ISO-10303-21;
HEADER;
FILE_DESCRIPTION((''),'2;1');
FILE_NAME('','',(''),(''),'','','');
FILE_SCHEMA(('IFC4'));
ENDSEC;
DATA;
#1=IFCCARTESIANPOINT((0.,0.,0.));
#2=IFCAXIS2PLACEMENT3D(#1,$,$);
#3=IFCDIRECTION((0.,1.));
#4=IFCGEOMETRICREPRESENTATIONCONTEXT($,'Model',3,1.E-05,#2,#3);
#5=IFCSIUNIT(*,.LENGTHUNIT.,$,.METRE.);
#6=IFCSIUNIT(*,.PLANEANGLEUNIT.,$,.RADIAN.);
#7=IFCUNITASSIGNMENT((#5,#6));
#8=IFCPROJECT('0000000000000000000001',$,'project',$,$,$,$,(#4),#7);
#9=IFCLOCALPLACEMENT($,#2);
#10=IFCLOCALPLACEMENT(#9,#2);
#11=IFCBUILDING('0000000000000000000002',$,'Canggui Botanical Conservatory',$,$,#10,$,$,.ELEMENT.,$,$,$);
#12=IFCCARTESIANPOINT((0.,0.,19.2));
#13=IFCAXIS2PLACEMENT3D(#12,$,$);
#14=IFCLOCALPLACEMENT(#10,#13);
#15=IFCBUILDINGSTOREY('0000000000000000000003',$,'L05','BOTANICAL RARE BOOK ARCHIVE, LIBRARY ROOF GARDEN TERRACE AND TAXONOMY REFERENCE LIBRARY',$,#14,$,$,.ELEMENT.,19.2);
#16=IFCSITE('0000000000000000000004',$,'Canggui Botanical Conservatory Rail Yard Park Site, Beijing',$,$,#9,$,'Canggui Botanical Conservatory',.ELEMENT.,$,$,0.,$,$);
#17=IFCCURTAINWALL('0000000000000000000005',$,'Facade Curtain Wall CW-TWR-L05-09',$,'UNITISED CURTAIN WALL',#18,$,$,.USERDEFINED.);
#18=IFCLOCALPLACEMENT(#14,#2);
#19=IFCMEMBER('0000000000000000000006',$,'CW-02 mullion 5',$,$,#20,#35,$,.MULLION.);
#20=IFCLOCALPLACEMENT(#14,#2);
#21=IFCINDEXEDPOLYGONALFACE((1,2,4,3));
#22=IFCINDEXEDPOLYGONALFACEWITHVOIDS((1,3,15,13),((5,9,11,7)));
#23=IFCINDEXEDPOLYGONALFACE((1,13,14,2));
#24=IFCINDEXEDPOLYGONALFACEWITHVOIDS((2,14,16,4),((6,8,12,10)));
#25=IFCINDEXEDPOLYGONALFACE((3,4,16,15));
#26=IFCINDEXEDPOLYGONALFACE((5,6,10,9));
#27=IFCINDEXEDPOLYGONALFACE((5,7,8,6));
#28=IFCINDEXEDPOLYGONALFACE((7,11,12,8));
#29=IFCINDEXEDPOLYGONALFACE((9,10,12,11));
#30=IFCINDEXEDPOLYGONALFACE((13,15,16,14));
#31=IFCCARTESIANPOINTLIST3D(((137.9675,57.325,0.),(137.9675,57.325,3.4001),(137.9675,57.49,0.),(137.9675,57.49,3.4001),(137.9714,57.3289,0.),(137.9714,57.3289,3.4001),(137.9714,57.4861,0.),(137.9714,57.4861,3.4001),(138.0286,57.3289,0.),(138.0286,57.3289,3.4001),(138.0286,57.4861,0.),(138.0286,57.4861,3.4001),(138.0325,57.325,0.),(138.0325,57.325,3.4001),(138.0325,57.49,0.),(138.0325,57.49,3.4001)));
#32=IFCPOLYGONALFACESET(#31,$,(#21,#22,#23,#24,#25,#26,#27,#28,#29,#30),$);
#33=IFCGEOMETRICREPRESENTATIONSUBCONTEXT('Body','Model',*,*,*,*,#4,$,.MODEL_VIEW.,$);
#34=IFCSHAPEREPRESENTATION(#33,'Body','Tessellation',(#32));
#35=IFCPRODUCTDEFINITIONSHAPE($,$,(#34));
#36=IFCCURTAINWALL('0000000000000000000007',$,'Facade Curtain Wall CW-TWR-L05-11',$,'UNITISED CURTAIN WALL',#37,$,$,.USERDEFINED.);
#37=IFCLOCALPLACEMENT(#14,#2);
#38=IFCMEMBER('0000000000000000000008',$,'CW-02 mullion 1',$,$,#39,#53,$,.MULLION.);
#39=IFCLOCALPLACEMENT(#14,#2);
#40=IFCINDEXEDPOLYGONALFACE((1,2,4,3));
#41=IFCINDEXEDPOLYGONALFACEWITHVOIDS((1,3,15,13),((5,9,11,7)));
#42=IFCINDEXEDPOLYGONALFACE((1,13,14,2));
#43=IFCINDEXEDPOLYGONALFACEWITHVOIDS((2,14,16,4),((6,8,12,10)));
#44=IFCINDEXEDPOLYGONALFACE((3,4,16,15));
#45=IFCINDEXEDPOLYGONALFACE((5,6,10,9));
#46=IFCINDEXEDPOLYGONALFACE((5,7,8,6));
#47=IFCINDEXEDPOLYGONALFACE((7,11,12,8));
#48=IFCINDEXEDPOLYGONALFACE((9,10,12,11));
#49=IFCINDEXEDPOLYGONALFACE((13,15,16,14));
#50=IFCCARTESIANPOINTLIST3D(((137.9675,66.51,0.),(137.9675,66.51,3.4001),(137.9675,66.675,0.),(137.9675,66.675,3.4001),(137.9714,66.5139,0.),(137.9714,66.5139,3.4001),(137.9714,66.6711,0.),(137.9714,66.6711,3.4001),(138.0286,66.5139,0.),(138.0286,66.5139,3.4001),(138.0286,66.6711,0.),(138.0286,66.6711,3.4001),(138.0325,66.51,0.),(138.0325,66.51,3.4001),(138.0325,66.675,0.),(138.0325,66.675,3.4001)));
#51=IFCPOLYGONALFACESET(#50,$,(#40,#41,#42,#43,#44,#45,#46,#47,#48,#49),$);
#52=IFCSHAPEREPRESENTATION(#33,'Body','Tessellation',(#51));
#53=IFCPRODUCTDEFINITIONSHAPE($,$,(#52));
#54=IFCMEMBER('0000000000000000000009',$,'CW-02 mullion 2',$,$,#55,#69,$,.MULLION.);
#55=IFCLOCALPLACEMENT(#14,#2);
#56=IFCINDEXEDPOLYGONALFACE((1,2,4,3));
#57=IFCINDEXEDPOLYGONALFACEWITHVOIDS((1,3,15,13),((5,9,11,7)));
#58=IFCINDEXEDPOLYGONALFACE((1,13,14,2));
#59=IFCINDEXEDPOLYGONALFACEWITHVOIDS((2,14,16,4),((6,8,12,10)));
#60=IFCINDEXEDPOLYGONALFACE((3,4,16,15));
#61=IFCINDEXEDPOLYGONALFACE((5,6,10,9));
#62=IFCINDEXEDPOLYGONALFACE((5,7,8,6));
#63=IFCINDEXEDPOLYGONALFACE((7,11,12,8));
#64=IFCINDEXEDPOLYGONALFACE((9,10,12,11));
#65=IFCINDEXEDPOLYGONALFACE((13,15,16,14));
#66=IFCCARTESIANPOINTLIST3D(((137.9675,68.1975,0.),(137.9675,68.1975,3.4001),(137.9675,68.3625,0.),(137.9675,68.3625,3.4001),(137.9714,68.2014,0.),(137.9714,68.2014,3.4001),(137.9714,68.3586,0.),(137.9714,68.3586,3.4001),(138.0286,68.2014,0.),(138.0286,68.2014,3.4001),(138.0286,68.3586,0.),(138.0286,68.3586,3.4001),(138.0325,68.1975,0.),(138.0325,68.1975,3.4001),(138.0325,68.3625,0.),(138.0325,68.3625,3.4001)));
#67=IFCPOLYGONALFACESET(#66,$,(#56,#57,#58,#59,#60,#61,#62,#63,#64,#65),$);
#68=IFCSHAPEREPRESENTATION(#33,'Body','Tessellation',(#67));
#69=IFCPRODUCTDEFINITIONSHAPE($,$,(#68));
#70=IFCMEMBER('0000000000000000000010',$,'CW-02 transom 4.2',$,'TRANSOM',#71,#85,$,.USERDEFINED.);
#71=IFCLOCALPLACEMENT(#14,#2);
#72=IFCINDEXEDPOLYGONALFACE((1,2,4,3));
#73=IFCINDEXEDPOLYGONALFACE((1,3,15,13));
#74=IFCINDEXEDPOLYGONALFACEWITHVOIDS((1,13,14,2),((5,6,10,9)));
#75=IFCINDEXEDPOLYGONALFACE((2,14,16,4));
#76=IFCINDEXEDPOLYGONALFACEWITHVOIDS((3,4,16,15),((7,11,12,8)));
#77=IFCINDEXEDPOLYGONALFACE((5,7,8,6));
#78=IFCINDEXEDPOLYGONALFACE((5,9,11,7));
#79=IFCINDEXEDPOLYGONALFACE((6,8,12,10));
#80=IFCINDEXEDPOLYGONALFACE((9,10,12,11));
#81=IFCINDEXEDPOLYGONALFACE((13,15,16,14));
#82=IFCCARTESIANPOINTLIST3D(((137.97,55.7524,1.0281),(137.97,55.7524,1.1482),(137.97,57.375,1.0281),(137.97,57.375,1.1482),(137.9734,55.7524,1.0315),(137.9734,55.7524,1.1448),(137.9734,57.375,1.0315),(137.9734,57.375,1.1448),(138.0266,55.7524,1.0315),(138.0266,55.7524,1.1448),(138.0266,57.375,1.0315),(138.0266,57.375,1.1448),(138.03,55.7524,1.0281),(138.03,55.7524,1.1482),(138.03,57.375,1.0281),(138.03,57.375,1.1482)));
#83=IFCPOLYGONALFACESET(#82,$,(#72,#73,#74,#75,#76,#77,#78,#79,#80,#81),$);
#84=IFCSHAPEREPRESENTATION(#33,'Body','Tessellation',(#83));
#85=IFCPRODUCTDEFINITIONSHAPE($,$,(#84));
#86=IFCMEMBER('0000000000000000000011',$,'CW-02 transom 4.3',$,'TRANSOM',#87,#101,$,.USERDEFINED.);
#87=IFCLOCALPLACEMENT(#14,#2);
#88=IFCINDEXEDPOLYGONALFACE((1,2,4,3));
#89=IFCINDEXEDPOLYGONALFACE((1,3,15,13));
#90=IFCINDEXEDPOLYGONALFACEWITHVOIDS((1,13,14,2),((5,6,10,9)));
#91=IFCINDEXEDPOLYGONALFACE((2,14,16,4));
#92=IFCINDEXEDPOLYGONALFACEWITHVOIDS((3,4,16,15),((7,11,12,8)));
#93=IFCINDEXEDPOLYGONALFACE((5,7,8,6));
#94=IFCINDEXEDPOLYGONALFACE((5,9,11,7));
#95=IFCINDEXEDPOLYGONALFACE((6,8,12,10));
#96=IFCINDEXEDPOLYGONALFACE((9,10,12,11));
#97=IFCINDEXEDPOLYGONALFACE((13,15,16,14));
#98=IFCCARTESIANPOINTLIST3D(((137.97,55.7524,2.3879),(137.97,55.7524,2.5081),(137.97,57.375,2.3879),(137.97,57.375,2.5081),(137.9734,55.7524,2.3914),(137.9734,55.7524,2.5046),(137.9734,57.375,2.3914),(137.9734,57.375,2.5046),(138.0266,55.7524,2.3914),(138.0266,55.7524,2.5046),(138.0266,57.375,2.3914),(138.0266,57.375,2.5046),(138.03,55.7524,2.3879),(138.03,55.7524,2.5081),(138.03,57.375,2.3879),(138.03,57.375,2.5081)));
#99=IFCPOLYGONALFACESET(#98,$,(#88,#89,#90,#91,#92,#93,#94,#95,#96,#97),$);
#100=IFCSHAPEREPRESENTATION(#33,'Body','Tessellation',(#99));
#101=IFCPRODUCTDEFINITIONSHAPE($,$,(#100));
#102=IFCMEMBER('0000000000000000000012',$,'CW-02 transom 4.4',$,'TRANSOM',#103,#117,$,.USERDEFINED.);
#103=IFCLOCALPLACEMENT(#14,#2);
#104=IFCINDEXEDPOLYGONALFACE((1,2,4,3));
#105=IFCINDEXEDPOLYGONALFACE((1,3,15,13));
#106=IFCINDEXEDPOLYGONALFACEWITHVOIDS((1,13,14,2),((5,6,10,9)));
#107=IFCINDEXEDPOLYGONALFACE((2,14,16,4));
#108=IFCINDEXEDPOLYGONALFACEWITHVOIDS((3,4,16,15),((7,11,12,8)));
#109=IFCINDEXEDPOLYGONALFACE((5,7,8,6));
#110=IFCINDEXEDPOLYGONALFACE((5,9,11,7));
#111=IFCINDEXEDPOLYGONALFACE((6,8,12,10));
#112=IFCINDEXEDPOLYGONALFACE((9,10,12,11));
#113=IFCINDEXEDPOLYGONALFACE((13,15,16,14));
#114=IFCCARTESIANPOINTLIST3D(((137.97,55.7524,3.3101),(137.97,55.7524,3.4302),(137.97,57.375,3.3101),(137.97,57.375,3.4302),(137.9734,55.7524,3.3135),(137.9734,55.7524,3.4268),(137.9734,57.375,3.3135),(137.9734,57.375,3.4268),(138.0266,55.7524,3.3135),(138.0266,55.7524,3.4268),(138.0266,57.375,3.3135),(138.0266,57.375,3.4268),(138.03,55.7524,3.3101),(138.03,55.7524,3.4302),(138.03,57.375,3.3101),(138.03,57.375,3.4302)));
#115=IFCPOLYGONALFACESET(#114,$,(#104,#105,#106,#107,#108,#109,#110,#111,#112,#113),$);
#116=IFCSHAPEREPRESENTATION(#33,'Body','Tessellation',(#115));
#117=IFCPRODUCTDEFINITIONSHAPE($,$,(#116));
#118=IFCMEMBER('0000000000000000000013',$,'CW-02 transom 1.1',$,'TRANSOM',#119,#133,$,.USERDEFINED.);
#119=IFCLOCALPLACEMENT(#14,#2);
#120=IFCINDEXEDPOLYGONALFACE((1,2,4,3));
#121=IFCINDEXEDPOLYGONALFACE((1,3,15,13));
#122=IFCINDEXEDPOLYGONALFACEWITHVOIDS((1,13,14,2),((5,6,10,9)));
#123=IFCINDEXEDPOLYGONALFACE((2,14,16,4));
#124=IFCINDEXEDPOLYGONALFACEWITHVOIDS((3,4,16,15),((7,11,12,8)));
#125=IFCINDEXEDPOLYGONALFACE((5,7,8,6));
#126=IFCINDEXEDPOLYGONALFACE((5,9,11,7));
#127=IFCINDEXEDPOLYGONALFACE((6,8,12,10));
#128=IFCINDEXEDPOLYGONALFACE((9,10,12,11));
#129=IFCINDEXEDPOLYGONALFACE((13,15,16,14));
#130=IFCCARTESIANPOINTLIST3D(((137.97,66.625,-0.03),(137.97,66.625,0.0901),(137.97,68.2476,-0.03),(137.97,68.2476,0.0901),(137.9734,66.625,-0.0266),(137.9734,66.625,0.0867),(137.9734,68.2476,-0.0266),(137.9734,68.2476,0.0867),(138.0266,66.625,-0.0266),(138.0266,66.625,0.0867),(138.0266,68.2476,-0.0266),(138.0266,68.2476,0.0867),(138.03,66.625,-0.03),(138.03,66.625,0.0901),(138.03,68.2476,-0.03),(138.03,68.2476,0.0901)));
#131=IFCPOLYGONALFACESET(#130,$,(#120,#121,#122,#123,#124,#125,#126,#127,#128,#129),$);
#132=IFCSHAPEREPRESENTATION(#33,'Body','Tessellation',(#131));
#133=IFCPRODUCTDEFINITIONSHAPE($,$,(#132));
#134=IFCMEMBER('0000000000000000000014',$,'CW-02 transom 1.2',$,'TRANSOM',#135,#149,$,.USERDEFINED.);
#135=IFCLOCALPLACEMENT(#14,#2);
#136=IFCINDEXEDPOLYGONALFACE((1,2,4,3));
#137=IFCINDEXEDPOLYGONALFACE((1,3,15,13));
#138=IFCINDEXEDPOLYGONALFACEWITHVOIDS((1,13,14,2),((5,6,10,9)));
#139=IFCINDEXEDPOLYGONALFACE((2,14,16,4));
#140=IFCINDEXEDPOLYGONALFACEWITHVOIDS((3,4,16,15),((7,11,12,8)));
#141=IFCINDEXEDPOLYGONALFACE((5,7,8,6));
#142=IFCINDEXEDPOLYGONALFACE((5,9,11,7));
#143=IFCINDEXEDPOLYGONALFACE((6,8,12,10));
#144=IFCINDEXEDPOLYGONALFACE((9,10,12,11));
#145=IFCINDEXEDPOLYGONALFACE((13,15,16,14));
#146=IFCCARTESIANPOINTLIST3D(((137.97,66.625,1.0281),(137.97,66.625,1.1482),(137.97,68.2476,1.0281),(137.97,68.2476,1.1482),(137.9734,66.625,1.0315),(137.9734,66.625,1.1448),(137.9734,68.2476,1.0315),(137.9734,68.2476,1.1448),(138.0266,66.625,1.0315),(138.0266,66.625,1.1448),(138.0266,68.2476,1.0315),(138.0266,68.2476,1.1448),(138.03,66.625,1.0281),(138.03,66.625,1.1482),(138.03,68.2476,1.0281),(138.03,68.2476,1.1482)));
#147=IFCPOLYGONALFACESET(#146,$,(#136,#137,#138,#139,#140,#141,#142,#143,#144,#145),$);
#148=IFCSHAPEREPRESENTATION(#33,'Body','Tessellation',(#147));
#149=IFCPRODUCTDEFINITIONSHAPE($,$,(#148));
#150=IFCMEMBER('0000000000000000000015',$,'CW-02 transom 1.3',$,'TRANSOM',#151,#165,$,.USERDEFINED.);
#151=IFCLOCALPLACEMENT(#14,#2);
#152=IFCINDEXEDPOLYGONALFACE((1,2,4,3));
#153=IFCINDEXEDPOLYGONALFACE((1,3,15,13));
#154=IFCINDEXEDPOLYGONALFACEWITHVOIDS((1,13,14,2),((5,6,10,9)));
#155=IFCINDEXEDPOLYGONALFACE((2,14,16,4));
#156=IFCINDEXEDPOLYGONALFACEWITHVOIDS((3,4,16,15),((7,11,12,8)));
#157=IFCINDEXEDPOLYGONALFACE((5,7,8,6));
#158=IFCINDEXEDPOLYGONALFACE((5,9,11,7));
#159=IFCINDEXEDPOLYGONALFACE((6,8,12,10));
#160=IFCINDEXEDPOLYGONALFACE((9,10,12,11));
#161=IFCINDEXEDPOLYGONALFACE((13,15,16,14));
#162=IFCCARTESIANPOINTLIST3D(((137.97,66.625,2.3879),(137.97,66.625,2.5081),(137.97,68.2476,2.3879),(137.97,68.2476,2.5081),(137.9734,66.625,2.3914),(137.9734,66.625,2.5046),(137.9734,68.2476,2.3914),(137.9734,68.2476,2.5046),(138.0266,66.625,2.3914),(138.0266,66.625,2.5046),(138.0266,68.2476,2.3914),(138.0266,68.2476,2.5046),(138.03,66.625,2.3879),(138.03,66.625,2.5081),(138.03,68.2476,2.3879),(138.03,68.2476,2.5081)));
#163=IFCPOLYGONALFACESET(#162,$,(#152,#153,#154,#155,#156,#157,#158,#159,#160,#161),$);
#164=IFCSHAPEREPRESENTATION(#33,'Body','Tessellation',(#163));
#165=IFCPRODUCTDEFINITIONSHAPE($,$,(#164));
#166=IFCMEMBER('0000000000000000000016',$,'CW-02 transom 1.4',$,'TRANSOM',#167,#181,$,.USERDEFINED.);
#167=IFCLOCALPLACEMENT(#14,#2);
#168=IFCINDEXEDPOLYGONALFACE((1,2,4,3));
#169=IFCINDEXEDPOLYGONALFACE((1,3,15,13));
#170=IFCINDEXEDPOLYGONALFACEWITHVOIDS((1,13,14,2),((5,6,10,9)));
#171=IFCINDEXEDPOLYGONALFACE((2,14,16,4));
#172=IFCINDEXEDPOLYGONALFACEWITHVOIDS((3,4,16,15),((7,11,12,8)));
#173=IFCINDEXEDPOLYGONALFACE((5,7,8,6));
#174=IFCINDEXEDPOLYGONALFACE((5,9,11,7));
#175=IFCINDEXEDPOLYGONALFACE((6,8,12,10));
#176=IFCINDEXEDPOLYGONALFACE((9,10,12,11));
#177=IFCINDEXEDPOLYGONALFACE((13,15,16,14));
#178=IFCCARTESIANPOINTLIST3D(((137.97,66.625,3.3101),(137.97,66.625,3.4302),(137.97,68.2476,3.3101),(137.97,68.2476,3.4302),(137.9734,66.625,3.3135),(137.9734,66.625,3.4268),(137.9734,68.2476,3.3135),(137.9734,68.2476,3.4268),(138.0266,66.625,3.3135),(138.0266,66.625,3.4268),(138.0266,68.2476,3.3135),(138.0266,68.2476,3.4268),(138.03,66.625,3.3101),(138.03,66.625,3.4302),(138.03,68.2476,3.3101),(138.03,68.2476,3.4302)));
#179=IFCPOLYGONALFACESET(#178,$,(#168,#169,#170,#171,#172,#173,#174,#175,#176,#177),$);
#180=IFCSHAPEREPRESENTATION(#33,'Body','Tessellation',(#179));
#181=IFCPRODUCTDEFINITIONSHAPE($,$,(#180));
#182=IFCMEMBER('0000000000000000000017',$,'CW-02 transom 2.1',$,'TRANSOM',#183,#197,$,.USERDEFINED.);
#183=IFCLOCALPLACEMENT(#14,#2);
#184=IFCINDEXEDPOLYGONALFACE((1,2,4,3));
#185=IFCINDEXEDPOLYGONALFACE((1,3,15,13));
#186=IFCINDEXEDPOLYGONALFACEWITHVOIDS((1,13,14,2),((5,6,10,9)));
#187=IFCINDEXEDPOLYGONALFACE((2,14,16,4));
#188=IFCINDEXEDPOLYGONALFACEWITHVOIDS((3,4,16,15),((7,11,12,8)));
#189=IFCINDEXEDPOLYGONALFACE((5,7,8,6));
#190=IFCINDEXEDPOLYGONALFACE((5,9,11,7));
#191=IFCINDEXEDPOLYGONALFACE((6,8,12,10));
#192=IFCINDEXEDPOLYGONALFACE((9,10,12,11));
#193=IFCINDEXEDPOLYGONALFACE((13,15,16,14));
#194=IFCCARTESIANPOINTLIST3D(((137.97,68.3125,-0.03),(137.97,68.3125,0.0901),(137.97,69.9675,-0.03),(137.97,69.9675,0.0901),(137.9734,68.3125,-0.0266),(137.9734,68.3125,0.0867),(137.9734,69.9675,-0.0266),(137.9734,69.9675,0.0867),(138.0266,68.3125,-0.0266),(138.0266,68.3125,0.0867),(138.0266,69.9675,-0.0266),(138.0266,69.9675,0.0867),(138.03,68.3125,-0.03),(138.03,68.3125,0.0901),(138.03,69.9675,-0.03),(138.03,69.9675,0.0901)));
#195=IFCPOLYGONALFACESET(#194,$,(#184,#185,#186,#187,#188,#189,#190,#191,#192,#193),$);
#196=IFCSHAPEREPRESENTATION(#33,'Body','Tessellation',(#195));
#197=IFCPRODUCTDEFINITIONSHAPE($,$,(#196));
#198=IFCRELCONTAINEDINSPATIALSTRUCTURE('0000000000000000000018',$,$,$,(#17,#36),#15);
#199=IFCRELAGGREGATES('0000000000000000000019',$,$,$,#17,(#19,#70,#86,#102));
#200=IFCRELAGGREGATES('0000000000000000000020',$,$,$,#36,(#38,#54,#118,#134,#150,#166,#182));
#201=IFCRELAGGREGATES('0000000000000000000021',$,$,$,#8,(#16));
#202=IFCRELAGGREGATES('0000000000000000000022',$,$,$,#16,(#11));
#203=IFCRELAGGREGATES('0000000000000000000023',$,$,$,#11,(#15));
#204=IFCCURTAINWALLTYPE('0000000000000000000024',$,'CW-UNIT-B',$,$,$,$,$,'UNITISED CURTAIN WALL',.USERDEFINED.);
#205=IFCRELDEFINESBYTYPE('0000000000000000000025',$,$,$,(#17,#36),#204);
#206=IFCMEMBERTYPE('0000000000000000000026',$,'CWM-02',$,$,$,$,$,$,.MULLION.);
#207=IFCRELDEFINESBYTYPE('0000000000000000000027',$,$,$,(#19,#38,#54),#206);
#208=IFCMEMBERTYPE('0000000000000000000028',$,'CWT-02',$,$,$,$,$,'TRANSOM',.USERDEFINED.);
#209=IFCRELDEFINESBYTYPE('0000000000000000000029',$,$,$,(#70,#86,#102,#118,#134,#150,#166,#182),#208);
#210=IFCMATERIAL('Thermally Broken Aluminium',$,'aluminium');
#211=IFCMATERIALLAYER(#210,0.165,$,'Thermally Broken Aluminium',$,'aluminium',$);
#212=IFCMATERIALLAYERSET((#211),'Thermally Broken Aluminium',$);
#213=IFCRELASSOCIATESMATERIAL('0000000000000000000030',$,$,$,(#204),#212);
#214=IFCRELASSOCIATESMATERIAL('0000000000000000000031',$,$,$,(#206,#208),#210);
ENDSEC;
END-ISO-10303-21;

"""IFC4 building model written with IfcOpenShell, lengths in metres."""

from ifc_helpers import new_model, si_unit, direction, frame, origin, origin_2d, place, context, subcontext, project, spatial, hollow_rectangle, extrude, material, layer, layer_set, material_profile, profile_set, type_object, element, aggregate, save


model = new_model("IFC4")

# Units and contexts
model_context = context("Model", 3, precision=1e-05, world=origin(), true_north=direction((0.0, 1.0)))
body_context = subcontext(model_context, "Body", "Model", "MODEL_VIEW")
ifc_project = project(units=[si_unit("LENGTHUNIT", "METRE"), si_unit("PLANEANGLEUNIT", "RADIAN")], contexts=[model_context])

# Site, building, storey
site_placement = place(None, origin())
site = spatial("IfcSite", under=ifc_project, at=site_placement, Name="Canggui Botanical Conservatory Rail Yard Park Site, Beijing", LongName="Canggui Botanical Conservatory", CompositionType="ELEMENT", RefElevation=0.0)
building_placement = place(site_placement, origin())
building = spatial("IfcBuilding", under=site, at=building_placement, Name="Canggui Botanical Conservatory", CompositionType="ELEMENT")
storey_placement = place(building_placement, frame((0.0, 0.0, 19.2)))
storey = spatial("IfcBuildingStorey", under=building, at=storey_placement, Name="L05", Description="BOTANICAL RARE BOOK ARCHIVE, LIBRARY ROOF GARDEN TERRACE AND TAXONOMY REFERENCE LIBRARY", CompositionType="ELEMENT", Elevation=19.2)

# Curtain wall, member
ifc_material_1 = material(Name="Thermally Broken Aluminium", Category="aluminium")
ifc_layer_1 = layer(ifc_material_1, 0.165, Name="Thermally Broken Aluminium", Category="aluminium")
ifc_layer_set_1 = layer_set([ifc_layer_1], Name="Thermally Broken Aluminium")
curtain_wall_type = type_object("IfcCurtainWallType", Name="CW-UNIT-B", ElementType="UNITISED CURTAIN WALL", PredefinedType="USERDEFINED", material=ifc_layer_set_1)
curtain_wall_1_placement = place(storey_placement, origin())
curtain_wall_1 = element("IfcCurtainWall", 1, at=curtain_wall_1_placement, inside=storey, type_object=curtain_wall_type, Name="Facade Curtain Wall CW-TWR-L05-09", ObjectType="UNITISED CURTAIN WALL", PredefinedType="USERDEFINED")
ifc_material_profile_1 = material_profile(ifc_material_1, hollow_rectangle(XDim=0.0649, YDim=0.165, WallThickness=0.0039, at=origin_2d()), Name="CWM 65x165x4")
ifc_profile_set_1 = profile_set([ifc_material_profile_1], Name="Thermally Broken Aluminium")
member_type_1 = type_object("IfcMemberType", Name="CWM-02", PredefinedType="MULLION", material=ifc_profile_set_1)
member_1_placement = place(storey_placement, frame((138.0, 57.4075, 0.0), z_axis=(0.0, 0.0, 1.0), x_axis=(-1.0, 0.0, 0.0)))
member_1 = element("IfcMember", 2, at=member_1_placement, type_object=member_type_1, Name="CW-02 mullion 5", PredefinedType="MULLION", context=body_context, shape_type="SweptSolid", body=[
    extrude(hollow_rectangle(XDim=0.0649, YDim=0.165, WallThickness=0.0039, at=origin_2d()), origin(), (0.0, 0.0, 1.0), 3.4001),
])

# Curtain wall, members
curtain_wall_2_placement = place(storey_placement, origin())
curtain_wall_2 = element("IfcCurtainWall", 3, at=curtain_wall_2_placement, inside=storey, type_object=curtain_wall_type, Name="Facade Curtain Wall CW-TWR-L05-11", ObjectType="UNITISED CURTAIN WALL", PredefinedType="USERDEFINED")
member_2_placement = place(storey_placement, frame((138.0, 66.5925, 0.0), z_axis=(0.0, 0.0, 1.0), x_axis=(-1.0, 0.0, 0.0)))
member_2 = element("IfcMember", 4, at=member_2_placement, type_object=member_type_1, Name="CW-02 mullion 1", PredefinedType="MULLION", context=body_context, shape_type="SweptSolid", body=[
    extrude(hollow_rectangle(XDim=0.0649, YDim=0.165, WallThickness=0.0039, at=origin_2d()), origin(), (0.0, 0.0, 1.0), 3.4001),
])
member_3_placement = place(storey_placement, frame((138.0, 68.28, 0.0), z_axis=(0.0, 0.0, 1.0), x_axis=(-1.0, 0.0, 0.0)))
member_3 = element("IfcMember", 5, at=member_3_placement, type_object=member_type_1, Name="CW-02 mullion 2", PredefinedType="MULLION", context=body_context, shape_type="SweptSolid", body=[
    extrude(hollow_rectangle(XDim=0.0649, YDim=0.165, WallThickness=0.0039, at=origin_2d()), origin(), (0.0, 0.0, 1.0), 3.4001),
])

# Members
ifc_material_profile_2 = material_profile(ifc_material_1, hollow_rectangle(XDim=0.0601, YDim=0.1201, WallThickness=0.0034, at=origin_2d()), Name="CWT 60x120x3.5")
ifc_profile_set_2 = profile_set([ifc_material_profile_2], Name="Thermally Broken Aluminium")
member_type_2 = type_object("IfcMemberType", Name="CWT-02", ElementType="TRANSOM", PredefinedType="USERDEFINED", material=ifc_profile_set_2)
member_4_placement = place(storey_placement, frame((138.0, 55.7524, 1.0881), z_axis=(0.0, 1.0, 0.0), x_axis=(-1.0, 0.0, 0.0)))
member_4 = element("IfcMember", 6, at=member_4_placement, type_object=member_type_2, Name="CW-02 transom 4.2", ObjectType="TRANSOM", PredefinedType="USERDEFINED", context=body_context, shape_type="SweptSolid", body=[
    extrude(hollow_rectangle(XDim=0.0601, YDim=0.1201, WallThickness=0.0034, at=origin_2d()), origin(), (0.0, 0.0, 1.0), 1.6226),
])
member_5_placement = place(storey_placement, frame((138.0, 55.7524, 2.448), z_axis=(0.0, 1.0, 0.0), x_axis=(-1.0, 0.0, 0.0)))
member_5 = element("IfcMember", 7, at=member_5_placement, type_object=member_type_2, Name="CW-02 transom 4.3", ObjectType="TRANSOM", PredefinedType="USERDEFINED", context=body_context, shape_type="SweptSolid", body=[
    extrude(hollow_rectangle(XDim=0.0601, YDim=0.1201, WallThickness=0.0034, at=origin_2d()), origin(), (0.0, 0.0, 1.0), 1.6226),
])
member_6_placement = place(storey_placement, frame((138.0, 55.7524, 3.3701), z_axis=(0.0, 1.0, 0.0), x_axis=(-1.0, 0.0, 0.0)))
member_6 = element("IfcMember", 8, at=member_6_placement, type_object=member_type_2, Name="CW-02 transom 4.4", ObjectType="TRANSOM", PredefinedType="USERDEFINED", context=body_context, shape_type="SweptSolid", body=[
    extrude(hollow_rectangle(XDim=0.0601, YDim=0.1201, WallThickness=0.0034, at=origin_2d()), origin(), (0.0, 0.0, 1.0), 1.6226),
])
member_7_placement = place(storey_placement, frame((138.0, 66.625, 0.03), z_axis=(0.0, 1.0, 0.0), x_axis=(-1.0, 0.0, 0.0)))
member_7 = element("IfcMember", 9, at=member_7_placement, type_object=member_type_2, Name="CW-02 transom 1.1", ObjectType="TRANSOM", PredefinedType="USERDEFINED", context=body_context, shape_type="SweptSolid", body=[
    extrude(hollow_rectangle(XDim=0.0601, YDim=0.1201, WallThickness=0.0034, at=origin_2d()), origin(), (0.0, 0.0, 1.0), 1.6226),
])
member_8_placement = place(storey_placement, frame((138.0, 66.625, 1.0881), z_axis=(0.0, 1.0, 0.0), x_axis=(-1.0, 0.0, 0.0)))
member_8 = element("IfcMember", 10, at=member_8_placement, type_object=member_type_2, Name="CW-02 transom 1.2", ObjectType="TRANSOM", PredefinedType="USERDEFINED", context=body_context, shape_type="SweptSolid", body=[
    extrude(hollow_rectangle(XDim=0.0601, YDim=0.1201, WallThickness=0.0034, at=origin_2d()), origin(), (0.0, 0.0, 1.0), 1.6226),
])
member_9_placement = place(storey_placement, frame((138.0, 66.625, 2.448), z_axis=(0.0, 1.0, 0.0), x_axis=(-1.0, 0.0, 0.0)))
member_9 = element("IfcMember", 11, at=member_9_placement, type_object=member_type_2, Name="CW-02 transom 1.3", ObjectType="TRANSOM", PredefinedType="USERDEFINED", context=body_context, shape_type="SweptSolid", body=[
    extrude(hollow_rectangle(XDim=0.0601, YDim=0.1201, WallThickness=0.0034, at=origin_2d()), origin(), (0.0, 0.0, 1.0), 1.6226),
])
member_10_placement = place(storey_placement, frame((138.0, 66.625, 3.3701), z_axis=(0.0, 1.0, 0.0), x_axis=(-1.0, 0.0, 0.0)))
member_10 = element("IfcMember", 12, at=member_10_placement, type_object=member_type_2, Name="CW-02 transom 1.4", ObjectType="TRANSOM", PredefinedType="USERDEFINED", context=body_context, shape_type="SweptSolid", body=[
    extrude(hollow_rectangle(XDim=0.0601, YDim=0.1201, WallThickness=0.0034, at=origin_2d()), origin(), (0.0, 0.0, 1.0), 1.6226),
])
member_11_placement = place(storey_placement, frame((138.0, 68.3125, 0.03), z_axis=(0.0, 1.0, 0.0), x_axis=(-1.0, 0.0, 0.0)))
member_11 = element("IfcMember", 13, at=member_11_placement, type_object=member_type_2, Name="CW-02 transom 2.1", ObjectType="TRANSOM", PredefinedType="USERDEFINED", context=body_context, shape_type="SweptSolid", body=[
    extrude(hollow_rectangle(XDim=0.0601, YDim=0.1201, WallThickness=0.0034, at=origin_2d()), origin(), (0.0, 0.0, 1.0), 1.655),
])

aggregate(curtain_wall_1, [member_1, member_4, member_5, member_6])
aggregate(curtain_wall_2, [member_2, member_3, member_7, member_8, member_9, member_10, member_11])

save(model, "model.ifc")
